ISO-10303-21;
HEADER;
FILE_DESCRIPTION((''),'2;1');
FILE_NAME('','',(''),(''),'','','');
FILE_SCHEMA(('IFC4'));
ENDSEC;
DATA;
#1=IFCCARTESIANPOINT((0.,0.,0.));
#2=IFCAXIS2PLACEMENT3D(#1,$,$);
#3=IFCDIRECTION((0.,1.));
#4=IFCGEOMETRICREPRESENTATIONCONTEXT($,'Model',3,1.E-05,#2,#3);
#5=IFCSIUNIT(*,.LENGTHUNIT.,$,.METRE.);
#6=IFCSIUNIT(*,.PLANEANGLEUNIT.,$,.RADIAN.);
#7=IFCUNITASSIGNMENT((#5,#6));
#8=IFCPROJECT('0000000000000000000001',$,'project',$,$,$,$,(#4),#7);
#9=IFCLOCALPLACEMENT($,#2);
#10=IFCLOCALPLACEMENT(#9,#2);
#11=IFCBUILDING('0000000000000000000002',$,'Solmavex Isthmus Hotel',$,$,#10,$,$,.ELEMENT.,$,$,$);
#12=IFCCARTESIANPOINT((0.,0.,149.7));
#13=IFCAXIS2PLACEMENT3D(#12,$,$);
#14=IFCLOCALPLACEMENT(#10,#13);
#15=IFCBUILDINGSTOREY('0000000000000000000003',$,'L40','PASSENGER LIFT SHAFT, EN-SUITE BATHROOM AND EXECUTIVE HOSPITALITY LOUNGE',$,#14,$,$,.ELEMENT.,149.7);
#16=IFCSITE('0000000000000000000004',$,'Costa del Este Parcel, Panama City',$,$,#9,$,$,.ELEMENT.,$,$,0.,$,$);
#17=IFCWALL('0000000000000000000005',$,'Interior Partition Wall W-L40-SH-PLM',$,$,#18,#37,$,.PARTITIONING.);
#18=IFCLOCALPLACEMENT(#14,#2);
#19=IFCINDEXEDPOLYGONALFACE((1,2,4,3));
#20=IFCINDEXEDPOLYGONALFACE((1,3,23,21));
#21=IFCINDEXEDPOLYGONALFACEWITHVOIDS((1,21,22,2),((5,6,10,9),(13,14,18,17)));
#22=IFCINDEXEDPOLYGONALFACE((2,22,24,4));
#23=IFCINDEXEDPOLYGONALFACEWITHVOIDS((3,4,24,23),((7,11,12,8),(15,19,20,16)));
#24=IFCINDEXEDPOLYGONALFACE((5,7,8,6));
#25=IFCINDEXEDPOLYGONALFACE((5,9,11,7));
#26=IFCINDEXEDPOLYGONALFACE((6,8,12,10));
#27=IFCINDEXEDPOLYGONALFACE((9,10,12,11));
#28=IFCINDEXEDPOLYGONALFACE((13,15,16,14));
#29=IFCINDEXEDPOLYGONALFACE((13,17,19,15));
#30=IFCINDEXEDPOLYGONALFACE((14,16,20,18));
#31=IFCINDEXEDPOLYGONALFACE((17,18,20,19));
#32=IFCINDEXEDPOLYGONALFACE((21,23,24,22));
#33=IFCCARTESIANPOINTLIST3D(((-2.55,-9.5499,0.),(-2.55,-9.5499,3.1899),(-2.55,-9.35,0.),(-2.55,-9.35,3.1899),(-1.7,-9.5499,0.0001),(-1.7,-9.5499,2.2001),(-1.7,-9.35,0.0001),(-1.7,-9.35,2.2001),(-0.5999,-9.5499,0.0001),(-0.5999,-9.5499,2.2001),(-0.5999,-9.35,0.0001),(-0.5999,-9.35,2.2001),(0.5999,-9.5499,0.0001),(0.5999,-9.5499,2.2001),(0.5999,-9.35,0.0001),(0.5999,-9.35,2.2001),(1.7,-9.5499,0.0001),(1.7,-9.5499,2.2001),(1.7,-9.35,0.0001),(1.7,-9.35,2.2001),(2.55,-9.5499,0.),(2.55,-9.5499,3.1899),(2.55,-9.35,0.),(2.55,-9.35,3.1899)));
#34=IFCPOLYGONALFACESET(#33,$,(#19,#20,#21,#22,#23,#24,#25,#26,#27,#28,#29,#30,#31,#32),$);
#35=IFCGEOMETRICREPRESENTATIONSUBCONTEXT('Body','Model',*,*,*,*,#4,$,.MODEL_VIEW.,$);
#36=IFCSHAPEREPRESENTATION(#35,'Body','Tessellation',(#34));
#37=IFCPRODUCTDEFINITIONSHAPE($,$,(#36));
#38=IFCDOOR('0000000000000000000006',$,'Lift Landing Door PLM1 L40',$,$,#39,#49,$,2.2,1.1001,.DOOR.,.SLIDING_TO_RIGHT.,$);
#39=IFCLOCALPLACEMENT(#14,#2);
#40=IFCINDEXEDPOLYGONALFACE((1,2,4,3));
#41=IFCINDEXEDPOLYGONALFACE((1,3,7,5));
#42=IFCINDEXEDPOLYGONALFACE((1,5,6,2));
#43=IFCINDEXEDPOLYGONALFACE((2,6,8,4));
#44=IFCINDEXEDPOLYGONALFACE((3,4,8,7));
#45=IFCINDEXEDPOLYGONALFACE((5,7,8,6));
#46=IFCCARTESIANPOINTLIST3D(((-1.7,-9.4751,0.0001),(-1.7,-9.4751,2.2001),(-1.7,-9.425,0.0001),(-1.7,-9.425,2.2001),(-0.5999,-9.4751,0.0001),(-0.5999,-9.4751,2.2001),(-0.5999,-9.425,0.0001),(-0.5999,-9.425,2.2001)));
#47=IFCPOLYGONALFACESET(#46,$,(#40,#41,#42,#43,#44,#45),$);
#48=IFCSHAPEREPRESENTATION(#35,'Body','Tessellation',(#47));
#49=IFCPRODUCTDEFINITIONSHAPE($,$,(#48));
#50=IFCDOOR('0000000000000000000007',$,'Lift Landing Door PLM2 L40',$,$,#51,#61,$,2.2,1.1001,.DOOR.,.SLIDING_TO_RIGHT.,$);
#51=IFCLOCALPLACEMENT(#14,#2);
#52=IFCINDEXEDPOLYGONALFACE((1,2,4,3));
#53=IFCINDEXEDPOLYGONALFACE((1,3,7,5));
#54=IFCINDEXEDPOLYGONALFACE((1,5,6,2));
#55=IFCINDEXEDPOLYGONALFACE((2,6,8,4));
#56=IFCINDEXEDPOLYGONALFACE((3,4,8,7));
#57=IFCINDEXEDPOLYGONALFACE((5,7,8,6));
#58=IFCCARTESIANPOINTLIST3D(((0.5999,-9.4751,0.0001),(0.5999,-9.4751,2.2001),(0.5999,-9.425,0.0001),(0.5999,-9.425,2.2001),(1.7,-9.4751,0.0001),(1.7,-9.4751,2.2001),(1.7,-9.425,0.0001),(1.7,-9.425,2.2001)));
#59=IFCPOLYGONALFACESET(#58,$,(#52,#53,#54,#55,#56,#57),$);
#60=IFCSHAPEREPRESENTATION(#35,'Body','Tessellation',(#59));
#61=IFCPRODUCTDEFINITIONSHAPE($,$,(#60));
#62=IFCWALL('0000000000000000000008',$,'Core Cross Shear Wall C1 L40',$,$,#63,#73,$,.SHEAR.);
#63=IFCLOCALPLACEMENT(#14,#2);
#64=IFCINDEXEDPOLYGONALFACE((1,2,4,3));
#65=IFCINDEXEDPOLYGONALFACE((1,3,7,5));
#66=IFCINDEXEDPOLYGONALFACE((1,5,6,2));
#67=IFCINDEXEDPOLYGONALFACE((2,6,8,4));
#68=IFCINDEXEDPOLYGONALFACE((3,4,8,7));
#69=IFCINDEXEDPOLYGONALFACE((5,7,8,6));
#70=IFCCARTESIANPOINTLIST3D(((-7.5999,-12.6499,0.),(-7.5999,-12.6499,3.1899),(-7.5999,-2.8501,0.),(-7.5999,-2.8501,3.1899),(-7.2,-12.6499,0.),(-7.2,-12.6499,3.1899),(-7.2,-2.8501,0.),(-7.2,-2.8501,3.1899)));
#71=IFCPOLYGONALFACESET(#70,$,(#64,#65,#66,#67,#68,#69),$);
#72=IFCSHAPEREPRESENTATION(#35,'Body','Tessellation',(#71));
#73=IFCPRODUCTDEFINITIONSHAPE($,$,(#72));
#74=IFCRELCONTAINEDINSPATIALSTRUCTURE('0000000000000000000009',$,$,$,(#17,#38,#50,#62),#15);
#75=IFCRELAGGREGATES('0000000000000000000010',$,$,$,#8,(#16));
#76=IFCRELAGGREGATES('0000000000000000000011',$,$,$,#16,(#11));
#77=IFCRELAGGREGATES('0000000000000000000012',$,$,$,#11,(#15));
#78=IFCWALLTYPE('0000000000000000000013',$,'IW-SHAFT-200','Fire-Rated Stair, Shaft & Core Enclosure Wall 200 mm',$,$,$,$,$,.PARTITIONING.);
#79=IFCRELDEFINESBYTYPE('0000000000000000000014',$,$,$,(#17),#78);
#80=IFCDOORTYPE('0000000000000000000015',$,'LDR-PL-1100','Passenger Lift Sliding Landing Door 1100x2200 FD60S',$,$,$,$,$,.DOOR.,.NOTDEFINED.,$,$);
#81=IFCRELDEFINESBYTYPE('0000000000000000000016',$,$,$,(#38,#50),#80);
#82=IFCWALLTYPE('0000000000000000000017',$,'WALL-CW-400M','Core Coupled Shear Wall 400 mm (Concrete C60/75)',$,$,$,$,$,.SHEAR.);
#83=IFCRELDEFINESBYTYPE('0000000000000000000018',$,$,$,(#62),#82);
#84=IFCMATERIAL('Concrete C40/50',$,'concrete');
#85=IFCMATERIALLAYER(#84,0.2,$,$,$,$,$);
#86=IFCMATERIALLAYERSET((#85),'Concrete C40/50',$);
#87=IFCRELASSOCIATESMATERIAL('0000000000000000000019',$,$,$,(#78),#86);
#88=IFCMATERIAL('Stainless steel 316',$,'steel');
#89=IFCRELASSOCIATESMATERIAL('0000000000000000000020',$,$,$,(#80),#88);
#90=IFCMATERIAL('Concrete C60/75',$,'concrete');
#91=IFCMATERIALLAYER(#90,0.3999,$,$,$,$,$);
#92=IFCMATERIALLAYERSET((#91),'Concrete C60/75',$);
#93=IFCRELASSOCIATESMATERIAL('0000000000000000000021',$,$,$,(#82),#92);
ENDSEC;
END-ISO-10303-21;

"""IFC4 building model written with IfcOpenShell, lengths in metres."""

from ifc_helpers import new_model, si_unit, direction, frame, frame_2d, origin, place, context, subcontext, project, spatial, rectangle, extrude, material, layer, layer_set, type_object, element, fill, save


model = new_model("IFC4")

# Units and contexts
model_context = context("Model", 3, precision=1e-05, world=origin(), true_north=direction((0.0, 1.0)))
body_context = subcontext(model_context, "Body", "Model", "MODEL_VIEW")
ifc_project = project(units=[si_unit("LENGTHUNIT", "METRE"), si_unit("PLANEANGLEUNIT", "RADIAN")], contexts=[model_context])

# Site, building, storey
site_placement = place(None, origin())
site = spatial("IfcSite", under=ifc_project, at=site_placement, Name="Costa del Este Parcel, Panama City", CompositionType="ELEMENT", RefElevation=0.0)
building_placement = place(site_placement, origin())
building = spatial("IfcBuilding", under=site, at=building_placement, Name="Solmavex Isthmus Hotel", CompositionType="ELEMENT")
storey_placement = place(building_placement, frame((0.0, 0.0, 149.7)))
storey = spatial("IfcBuildingStorey", under=building, at=storey_placement, Name="L40", Description="PASSENGER LIFT SHAFT, EN-SUITE BATHROOM AND EXECUTIVE HOSPITALITY LOUNGE", CompositionType="ELEMENT", Elevation=149.7)

# Shared definitions
ifc_material_1 = material(Name="Concrete C60/75", Category="concrete")

# Shared definitions
ifc_material_2 = material(Name="Concrete C40/50", Category="concrete")
ifc_layer_1 = layer(ifc_material_2, 0.2)
ifc_layer_set_1 = layer_set([ifc_layer_1], Name="Concrete C40/50")
wall_type_1 = type_object("IfcWallType", Name="IW-SHAFT-200", Description="Fire-Rated Stair, Shaft & Core Enclosure Wall 200 mm", PredefinedType="PARTITIONING", material=ifc_layer_set_1)

# Wall, openings, doors
wall_1_placement = place(storey_placement, frame((-2.55, -9.45, 0.0), z_axis=(0.0, 0.0, 1.0), x_axis=(1.0, 0.0, 0.0)))
wall_1 = element("IfcWall", 1, at=wall_1_placement, inside=storey, type_object=wall_type_1, Name="Interior Partition Wall W-L40-SH-PLM", PredefinedType="PARTITIONING", context=body_context, shape_type="SweptSolid", body=[
    extrude(rectangle(XDim=5.1001, YDim=0.2, at=frame_2d((2.55, 0.0))), origin(), (0.0, 0.0, 1.0), 3.1899),
])
opening_1_placement = place(wall_1_placement, frame((0.8501, 0.0, 0.0)))
opening_1 = element("IfcOpeningElement", 2, at=opening_1_placement, cuts=wall_1, PredefinedType="OPENING", context=body_context, shape_type="SweptSolid", body=[
    extrude(rectangle(XDim=1.1001, YDim=2.2, at=frame_2d((0.55, 1.1001))), frame((0.0, 0.1099, 0.0), z_axis=(0.0, -1.0, 0.0), x_axis=(1.0, 0.0, 0.0)), (0.0, 0.0, 1.0), 0.22),
])
opening_2_placement = place(wall_1_placement, frame((3.1499, 0.0, 0.0)))
opening_2 = element("IfcOpeningElement", 3, at=opening_2_placement, cuts=wall_1, PredefinedType="OPENING", context=body_context, shape_type="SweptSolid", body=[
    extrude(rectangle(XDim=1.1001, YDim=2.2, at=frame_2d((0.55, 1.1001))), frame((0.0, 0.1099, 0.0), z_axis=(0.0, -1.0, 0.0), x_axis=(1.0, 0.0, 0.0)), (0.0, 0.0, 1.0), 0.22),
])
ifc_material_3 = material(Name="Stainless steel 316", Category="steel")
door_type_1 = type_object("IfcDoorType", Name="LDR-PL-1100", Description="Passenger Lift Sliding Landing Door 1100x2200 FD60S", OperationType="NOTDEFINED", PredefinedType="DOOR", material=ifc_material_3)
door_1_placement = place(opening_1_placement, origin())
door_1 = element("IfcDoor", 4, at=door_1_placement, inside=storey, type_object=door_type_1, Name="Lift Landing Door PLM1 L40", OperationType="SLIDING_TO_RIGHT", OverallHeight=2.2, OverallWidth=1.1001, PredefinedType="DOOR", context=body_context, shape_type="SweptSolid", body=[
    extrude(rectangle(XDim=1.1001, YDim=2.2, at=frame_2d((0.55, 1.1001))), frame((0.0, 0.0249, 0.0), z_axis=(0.0, -1.0, 0.0), x_axis=(1.0, 0.0, 0.0)), (0.0, 0.0, 1.0), 0.05),
])
fill(opening_1, door_1)
door_2_placement = place(opening_2_placement, origin())
door_2 = element("IfcDoor", 5, at=door_2_placement, inside=storey, type_object=door_type_1, Name="Lift Landing Door PLM2 L40", OperationType="SLIDING_TO_RIGHT", OverallHeight=2.2, OverallWidth=1.1001, PredefinedType="DOOR", context=body_context, shape_type="SweptSolid", body=[
    extrude(rectangle(XDim=1.1001, YDim=2.2, at=frame_2d((0.55, 1.1001))), frame((0.0, 0.0249, 0.0), z_axis=(0.0, -1.0, 0.0), x_axis=(1.0, 0.0, 0.0)), (0.0, 0.0, 1.0), 0.05),
])
fill(opening_2, door_2)

# Wall
ifc_layer_2 = layer(ifc_material_1, 0.3999)
ifc_layer_set_2 = layer_set([ifc_layer_2], Name="Concrete C60/75")
wall_type_2 = type_object("IfcWallType", Name="WALL-CW-400M", Description="Core Coupled Shear Wall 400 mm (Concrete C60/75)", PredefinedType="SHEAR", material=ifc_layer_set_2)
wall_2_placement = place(storey_placement, frame((-7.3999, -12.6499, 0.0), z_axis=(0.0, 0.0, 1.0), x_axis=(0.0, 1.0, 0.0)))
element("IfcWall", 6, at=wall_2_placement, inside=storey, type_object=wall_type_2, Name="Core Cross Shear Wall C1 L40", PredefinedType="SHEAR", context=body_context, shape_type="SweptSolid", body=[
    extrude(rectangle(XDim=9.7998, YDim=0.3999, at=frame_2d((4.8999, 0.0))), origin(), (0.0, 0.0, 1.0), 3.1899),
])

save(model, "model.ifc")
